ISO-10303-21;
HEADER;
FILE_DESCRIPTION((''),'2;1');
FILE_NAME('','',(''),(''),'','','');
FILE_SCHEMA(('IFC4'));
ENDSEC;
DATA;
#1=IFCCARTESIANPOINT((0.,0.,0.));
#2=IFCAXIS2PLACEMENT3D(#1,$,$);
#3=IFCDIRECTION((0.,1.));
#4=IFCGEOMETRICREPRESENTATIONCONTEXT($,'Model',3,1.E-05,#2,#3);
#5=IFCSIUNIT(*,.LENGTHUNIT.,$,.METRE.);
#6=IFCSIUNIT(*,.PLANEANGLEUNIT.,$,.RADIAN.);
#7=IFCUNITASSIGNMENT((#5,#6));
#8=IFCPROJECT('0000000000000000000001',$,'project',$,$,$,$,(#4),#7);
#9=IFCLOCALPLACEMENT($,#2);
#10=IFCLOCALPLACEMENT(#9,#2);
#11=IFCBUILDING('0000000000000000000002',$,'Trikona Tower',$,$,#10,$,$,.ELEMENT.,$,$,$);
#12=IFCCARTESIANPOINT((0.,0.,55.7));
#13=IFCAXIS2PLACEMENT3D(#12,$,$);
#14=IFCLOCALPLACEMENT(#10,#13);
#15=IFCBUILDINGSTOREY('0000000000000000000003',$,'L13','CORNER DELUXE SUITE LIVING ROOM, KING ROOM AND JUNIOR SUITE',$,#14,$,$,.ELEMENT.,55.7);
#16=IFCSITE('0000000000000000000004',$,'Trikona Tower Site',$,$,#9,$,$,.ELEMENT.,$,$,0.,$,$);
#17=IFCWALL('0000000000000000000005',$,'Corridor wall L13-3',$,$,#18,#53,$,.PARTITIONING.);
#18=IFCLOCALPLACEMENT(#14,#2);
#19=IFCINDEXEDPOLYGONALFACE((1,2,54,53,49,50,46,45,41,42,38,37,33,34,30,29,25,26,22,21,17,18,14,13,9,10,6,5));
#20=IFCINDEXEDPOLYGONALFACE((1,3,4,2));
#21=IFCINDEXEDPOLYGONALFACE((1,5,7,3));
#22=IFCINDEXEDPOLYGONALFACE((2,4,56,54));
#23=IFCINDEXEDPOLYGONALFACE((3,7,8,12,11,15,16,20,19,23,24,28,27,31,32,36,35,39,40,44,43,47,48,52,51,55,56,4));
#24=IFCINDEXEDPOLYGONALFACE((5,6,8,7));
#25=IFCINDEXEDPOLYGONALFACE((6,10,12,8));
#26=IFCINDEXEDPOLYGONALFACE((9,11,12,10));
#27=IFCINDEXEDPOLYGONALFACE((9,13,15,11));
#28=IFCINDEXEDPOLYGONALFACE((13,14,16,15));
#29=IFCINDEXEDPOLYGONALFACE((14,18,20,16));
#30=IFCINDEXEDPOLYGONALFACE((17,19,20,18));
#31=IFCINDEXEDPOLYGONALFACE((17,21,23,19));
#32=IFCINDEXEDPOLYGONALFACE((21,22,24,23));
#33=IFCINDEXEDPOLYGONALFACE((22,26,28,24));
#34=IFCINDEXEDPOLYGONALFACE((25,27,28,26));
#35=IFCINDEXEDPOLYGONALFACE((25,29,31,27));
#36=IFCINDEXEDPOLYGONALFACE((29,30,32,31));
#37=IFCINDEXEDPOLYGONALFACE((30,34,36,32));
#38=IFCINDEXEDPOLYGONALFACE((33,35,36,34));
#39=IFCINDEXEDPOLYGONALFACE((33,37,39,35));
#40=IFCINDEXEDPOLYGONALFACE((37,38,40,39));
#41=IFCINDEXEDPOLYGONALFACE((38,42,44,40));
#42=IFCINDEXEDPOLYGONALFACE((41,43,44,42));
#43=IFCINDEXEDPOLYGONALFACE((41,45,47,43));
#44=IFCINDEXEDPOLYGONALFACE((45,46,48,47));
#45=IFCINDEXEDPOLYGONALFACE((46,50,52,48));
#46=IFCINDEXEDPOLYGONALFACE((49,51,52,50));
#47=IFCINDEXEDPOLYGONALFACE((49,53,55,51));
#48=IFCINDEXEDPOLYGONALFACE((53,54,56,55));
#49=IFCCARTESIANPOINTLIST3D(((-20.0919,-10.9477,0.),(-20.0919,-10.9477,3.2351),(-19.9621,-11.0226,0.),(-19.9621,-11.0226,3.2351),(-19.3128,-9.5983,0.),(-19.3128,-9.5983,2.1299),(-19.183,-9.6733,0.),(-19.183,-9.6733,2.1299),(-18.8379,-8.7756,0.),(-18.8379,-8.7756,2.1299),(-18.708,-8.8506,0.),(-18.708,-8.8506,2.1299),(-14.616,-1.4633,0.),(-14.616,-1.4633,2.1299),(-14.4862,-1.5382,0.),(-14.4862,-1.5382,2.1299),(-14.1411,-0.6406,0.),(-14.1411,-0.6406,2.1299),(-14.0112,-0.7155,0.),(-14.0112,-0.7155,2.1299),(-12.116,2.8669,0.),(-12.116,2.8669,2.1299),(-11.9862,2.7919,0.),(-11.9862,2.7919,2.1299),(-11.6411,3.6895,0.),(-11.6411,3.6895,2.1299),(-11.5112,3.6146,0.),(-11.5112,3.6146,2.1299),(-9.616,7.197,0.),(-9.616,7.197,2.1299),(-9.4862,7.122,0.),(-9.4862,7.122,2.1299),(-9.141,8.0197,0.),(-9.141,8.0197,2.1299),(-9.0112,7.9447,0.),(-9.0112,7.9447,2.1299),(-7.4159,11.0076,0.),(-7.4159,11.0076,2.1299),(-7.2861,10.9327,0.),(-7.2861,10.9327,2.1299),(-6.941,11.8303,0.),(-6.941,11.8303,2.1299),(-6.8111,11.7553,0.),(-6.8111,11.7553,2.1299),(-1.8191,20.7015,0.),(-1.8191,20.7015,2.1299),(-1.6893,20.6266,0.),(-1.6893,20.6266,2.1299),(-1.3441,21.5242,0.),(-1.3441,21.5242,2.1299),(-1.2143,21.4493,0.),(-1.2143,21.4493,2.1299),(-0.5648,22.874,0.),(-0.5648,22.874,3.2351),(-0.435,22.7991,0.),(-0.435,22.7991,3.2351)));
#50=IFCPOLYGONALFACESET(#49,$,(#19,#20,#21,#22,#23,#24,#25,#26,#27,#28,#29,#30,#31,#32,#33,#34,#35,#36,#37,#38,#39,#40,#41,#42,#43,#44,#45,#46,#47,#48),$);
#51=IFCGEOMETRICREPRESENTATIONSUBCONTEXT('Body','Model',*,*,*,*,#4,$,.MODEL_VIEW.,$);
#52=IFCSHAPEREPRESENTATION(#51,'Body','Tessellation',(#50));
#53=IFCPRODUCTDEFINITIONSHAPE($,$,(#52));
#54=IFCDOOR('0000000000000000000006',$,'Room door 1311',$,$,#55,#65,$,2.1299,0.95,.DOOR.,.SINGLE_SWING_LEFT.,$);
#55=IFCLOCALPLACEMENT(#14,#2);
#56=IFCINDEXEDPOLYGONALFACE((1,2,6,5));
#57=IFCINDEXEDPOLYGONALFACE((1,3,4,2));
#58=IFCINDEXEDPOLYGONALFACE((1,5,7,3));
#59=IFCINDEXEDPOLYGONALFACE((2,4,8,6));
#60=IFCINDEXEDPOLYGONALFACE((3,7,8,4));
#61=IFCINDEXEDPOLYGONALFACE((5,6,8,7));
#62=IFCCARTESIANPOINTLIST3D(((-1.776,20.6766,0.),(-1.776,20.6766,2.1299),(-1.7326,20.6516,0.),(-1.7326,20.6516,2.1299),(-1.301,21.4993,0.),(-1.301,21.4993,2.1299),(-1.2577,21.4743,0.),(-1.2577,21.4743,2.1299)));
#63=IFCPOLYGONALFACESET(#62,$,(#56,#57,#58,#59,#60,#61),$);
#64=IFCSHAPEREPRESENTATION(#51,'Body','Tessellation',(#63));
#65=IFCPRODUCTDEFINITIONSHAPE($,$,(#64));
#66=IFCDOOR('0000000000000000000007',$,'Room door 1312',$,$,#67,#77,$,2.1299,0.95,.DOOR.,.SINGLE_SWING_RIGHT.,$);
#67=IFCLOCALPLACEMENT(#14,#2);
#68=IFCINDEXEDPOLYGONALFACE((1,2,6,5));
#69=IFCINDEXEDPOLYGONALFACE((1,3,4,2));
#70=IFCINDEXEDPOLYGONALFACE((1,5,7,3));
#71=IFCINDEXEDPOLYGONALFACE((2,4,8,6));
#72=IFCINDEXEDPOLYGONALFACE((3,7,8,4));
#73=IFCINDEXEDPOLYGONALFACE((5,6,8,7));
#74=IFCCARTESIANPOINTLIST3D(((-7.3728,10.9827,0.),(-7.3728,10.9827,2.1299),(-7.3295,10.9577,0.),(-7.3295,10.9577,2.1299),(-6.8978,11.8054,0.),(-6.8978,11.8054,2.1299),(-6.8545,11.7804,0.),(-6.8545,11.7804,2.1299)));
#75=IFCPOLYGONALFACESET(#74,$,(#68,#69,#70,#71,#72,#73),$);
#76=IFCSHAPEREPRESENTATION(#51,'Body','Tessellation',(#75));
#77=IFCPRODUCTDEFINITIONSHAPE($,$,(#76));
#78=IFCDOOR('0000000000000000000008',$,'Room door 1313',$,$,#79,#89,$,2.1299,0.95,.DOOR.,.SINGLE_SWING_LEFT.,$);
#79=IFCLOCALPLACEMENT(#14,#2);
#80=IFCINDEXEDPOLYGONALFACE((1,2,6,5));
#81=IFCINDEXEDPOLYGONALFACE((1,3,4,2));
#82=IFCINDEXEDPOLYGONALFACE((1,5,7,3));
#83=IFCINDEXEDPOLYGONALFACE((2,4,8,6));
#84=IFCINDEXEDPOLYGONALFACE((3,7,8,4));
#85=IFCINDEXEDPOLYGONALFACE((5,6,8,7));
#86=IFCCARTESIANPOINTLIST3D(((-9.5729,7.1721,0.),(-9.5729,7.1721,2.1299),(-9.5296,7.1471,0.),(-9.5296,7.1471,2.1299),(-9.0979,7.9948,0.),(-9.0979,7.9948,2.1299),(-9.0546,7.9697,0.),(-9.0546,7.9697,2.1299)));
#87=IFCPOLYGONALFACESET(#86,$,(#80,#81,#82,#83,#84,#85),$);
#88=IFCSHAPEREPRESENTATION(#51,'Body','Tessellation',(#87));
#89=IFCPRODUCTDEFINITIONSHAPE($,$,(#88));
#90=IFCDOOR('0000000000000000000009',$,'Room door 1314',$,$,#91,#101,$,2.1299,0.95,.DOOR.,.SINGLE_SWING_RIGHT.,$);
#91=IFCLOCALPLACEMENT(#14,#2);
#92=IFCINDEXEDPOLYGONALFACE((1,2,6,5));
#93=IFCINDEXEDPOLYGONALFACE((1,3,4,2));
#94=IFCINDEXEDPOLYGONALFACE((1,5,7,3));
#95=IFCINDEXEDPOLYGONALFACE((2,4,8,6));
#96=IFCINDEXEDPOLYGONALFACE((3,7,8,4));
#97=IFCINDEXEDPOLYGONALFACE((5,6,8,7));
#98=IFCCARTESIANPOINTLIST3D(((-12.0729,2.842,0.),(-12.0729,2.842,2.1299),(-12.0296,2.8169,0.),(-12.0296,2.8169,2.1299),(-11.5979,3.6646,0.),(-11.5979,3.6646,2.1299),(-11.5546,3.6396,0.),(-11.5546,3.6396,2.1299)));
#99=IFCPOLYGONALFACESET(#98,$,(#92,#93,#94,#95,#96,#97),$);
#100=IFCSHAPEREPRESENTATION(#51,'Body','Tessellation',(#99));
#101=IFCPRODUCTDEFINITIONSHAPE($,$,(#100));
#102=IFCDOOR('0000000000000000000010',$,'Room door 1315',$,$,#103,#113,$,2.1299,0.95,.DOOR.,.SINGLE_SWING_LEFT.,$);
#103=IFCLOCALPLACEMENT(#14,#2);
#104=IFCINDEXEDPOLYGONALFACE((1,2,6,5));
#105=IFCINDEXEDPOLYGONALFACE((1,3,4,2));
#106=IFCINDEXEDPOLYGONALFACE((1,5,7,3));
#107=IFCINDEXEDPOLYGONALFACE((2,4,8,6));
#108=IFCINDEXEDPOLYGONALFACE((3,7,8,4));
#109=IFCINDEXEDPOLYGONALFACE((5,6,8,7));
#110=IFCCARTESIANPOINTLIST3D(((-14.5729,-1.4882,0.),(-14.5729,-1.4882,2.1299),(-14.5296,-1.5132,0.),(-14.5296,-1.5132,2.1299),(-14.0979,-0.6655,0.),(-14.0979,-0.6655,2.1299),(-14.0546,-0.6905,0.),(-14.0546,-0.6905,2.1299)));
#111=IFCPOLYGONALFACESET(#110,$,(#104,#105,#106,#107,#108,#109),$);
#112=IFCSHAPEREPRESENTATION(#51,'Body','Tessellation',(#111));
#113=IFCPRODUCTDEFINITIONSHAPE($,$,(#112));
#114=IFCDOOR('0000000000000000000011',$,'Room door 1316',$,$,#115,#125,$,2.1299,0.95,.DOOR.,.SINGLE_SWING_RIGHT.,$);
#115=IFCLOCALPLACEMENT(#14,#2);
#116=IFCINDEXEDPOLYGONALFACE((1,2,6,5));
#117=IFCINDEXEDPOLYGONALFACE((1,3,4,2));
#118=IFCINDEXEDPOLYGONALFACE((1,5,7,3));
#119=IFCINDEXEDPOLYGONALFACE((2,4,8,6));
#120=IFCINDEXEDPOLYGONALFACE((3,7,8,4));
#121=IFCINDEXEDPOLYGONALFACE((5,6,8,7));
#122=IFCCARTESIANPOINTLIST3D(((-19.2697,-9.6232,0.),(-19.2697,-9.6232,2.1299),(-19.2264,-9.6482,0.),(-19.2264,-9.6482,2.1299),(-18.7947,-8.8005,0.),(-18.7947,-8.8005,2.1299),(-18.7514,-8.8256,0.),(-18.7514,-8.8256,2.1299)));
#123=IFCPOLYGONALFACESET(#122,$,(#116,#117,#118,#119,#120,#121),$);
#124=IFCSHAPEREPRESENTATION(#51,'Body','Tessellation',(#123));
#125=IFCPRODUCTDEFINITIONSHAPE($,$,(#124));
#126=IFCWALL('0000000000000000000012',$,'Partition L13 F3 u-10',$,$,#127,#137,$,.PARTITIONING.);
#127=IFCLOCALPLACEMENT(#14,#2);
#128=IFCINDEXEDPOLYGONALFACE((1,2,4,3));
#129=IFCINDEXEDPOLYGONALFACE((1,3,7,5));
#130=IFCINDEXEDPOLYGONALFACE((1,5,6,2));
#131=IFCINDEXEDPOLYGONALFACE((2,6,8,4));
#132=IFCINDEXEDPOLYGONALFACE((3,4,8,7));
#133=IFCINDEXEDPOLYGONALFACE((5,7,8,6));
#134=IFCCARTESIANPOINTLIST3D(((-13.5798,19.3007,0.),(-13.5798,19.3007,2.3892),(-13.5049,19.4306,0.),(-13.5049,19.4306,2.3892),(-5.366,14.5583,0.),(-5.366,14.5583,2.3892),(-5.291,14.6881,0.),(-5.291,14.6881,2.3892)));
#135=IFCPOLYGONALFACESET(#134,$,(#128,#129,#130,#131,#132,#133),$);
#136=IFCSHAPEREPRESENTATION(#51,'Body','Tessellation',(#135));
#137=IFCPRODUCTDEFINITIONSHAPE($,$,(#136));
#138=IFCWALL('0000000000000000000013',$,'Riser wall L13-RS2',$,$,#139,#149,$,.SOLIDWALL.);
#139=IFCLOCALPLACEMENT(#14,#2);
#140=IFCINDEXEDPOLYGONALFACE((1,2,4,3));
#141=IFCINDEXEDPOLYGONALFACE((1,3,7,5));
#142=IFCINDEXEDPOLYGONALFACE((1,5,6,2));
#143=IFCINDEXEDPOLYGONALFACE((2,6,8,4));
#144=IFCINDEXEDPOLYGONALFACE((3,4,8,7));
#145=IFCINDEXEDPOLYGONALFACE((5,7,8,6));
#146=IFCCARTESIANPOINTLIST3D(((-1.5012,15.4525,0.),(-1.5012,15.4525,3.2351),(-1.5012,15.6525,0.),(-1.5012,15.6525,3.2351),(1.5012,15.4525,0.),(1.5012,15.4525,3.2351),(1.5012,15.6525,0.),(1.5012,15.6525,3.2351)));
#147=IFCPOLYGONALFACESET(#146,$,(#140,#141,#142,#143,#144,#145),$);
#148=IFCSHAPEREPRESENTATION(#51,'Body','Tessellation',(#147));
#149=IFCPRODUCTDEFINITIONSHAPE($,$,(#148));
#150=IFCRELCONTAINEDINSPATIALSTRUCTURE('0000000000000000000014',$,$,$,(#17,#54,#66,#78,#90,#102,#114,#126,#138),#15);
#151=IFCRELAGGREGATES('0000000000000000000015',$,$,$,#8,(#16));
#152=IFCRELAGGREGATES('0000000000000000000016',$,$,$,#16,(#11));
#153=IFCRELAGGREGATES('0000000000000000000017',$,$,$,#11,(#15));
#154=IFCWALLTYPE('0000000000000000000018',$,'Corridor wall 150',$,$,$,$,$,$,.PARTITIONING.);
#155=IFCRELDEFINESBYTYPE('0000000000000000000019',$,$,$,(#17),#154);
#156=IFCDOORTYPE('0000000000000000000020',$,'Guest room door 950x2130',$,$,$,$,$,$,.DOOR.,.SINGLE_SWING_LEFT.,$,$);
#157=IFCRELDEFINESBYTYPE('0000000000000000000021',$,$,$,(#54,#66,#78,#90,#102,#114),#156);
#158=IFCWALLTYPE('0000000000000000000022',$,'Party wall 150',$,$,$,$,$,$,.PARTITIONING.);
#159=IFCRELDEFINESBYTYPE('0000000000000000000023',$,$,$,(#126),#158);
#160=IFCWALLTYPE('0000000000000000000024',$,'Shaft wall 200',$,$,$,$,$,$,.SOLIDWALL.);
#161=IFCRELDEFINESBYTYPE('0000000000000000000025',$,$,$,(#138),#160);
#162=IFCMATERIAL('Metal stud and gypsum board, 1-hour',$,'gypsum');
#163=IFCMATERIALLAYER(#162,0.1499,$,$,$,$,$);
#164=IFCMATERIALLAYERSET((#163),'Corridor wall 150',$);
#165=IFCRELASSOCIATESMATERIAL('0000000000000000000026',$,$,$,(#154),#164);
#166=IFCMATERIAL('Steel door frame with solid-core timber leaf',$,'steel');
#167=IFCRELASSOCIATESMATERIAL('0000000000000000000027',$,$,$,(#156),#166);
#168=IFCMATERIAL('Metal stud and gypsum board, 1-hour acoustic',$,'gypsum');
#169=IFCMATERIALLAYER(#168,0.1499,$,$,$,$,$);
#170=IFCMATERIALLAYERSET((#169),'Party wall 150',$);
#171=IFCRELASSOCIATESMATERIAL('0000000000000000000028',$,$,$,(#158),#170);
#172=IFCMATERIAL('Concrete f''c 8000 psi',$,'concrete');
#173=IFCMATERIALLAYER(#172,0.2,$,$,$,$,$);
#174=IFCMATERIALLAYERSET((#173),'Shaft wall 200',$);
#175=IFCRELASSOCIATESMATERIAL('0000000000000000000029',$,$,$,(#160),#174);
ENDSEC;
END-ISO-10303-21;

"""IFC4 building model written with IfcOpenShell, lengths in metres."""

from ifc_helpers import new_model, si_unit, direction, frame, frame_2d, origin, place, context, subcontext, project, spatial, rectangle, extrude, material, layer, layer_set, type_object, element, fill, save


model = new_model("IFC4")

# Units and contexts
model_context = context("Model", 3, precision=1e-05, world=origin(), true_north=direction((0.0, 1.0)))
body_context = subcontext(model_context, "Body", "Model", "MODEL_VIEW")
ifc_project = project(units=[si_unit("LENGTHUNIT", "METRE"), si_unit("PLANEANGLEUNIT", "RADIAN")], contexts=[model_context])

# Site, building, storey
site_placement = place(None, origin())
site = spatial("IfcSite", under=ifc_project, at=site_placement, Name="Trikona Tower Site", CompositionType="ELEMENT", RefElevation=0.0)
building_placement = place(site_placement, origin())
building = spatial("IfcBuilding", under=site, at=building_placement, Name="Trikona Tower", CompositionType="ELEMENT")
storey_placement = place(building_placement, frame((0.0, 0.0, 55.7)))
storey = spatial("IfcBuildingStorey", under=building, at=storey_placement, Name="L13", Description="CORNER DELUXE SUITE LIVING ROOM, KING ROOM AND JUNIOR SUITE", CompositionType="ELEMENT", Elevation=55.7)

# Wall, openings, doors
ifc_material_1 = material(Name="Metal stud and gypsum board, 1-hour", Category="gypsum")
ifc_layer_1 = layer(ifc_material_1, 0.1499)
ifc_layer_set_1 = layer_set([ifc_layer_1], Name="Corridor wall 150")
wall_type_1 = type_object("IfcWallType", Name="Corridor wall 150", PredefinedType="PARTITIONING", material=ifc_layer_set_1)
wall_1_placement = place(storey_placement, frame((-0.5, 22.8364, 0.0), z_axis=(0.0, 0.0, 1.0), x_axis=(-0.500002, -0.866024, 0.0)))
wall_1 = element("IfcWall", 1, at=wall_1_placement, inside=storey, type_object=wall_type_1, Name="Corridor wall L13-3", PredefinedType="PARTITIONING", context=body_context, shape_type="SweptSolid", body=[
    extrude(rectangle(XDim=39.054, YDim=0.1499, at=frame_2d((19.5269, 0.0))), origin(), (0.0, 0.0, 1.0), 3.2351),
])
opening_1_placement = place(wall_1_placement, frame((1.5583, 0.0, 0.0)))
opening_1 = element("IfcOpeningElement", 2, at=opening_1_placement, cuts=wall_1, PredefinedType="OPENING", context=body_context, shape_type="SweptSolid", body=[
    extrude(rectangle(XDim=0.95, YDim=2.1299, at=frame_2d((0.4751, 1.0649))), frame((0.0, 0.085, 0.0), z_axis=(0.0, -1.0, 0.0), x_axis=(1.0, 0.0, 0.0)), (0.0, 0.0, 1.0), 0.1699),
])
opening_2_placement = place(wall_1_placement, frame((12.752, 0.0, 0.0)))
opening_2 = element("IfcOpeningElement", 3, at=opening_2_placement, cuts=wall_1, PredefinedType="OPENING", context=body_context, shape_type="SweptSolid", body=[
    extrude(rectangle(XDim=0.95, YDim=2.1299, at=frame_2d((0.4751, 1.0649))), frame((0.0, 0.085, 0.0), z_axis=(0.0, -1.0, 0.0), x_axis=(1.0, 0.0, 0.0)), (0.0, 0.0, 1.0), 0.1699),
])
opening_3_placement = place(wall_1_placement, frame((17.1521, 0.0, 0.0)))
opening_3 = element("IfcOpeningElement", 4, at=opening_3_placement, cuts=wall_1, PredefinedType="OPENING", context=body_context, shape_type="SweptSolid", body=[
    extrude(rectangle(XDim=0.95, YDim=2.1299, at=frame_2d((0.4751, 1.0649))), frame((0.0, 0.085, 0.0), z_axis=(0.0, -1.0, 0.0), x_axis=(1.0, 0.0, 0.0)), (0.0, 0.0, 1.0), 0.1699),
])
opening_4_placement = place(wall_1_placement, frame((22.1521, 0.0, 0.0)))
opening_4 = element("IfcOpeningElement", 5, at=opening_4_placement, cuts=wall_1, PredefinedType="OPENING", context=body_context, shape_type="SweptSolid", body=[
    extrude(rectangle(XDim=0.95, YDim=2.1299, at=frame_2d((0.4751, 1.0649))), frame((0.0, 0.085, 0.0), z_axis=(0.0, -1.0, 0.0), x_axis=(1.0, 0.0, 0.0)), (0.0, 0.0, 1.0), 0.1699),
])
opening_5_placement = place(wall_1_placement, frame((27.1521, 0.0, 0.0)))
opening_5 = element("IfcOpeningElement", 6, at=opening_5_placement, cuts=wall_1, PredefinedType="OPENING", context=body_context, shape_type="SweptSolid", body=[
    extrude(rectangle(XDim=0.95, YDim=2.1299, at=frame_2d((0.4751, 1.0649))), frame((0.0, 0.085, 0.0), z_axis=(0.0, -1.0, 0.0), x_axis=(1.0, 0.0, 0.0)), (0.0, 0.0, 1.0), 0.1699),
])
opening_6_placement = place(wall_1_placement, frame((36.5457, 0.0, 0.0)))
opening_6 = element("IfcOpeningElement", 7, at=opening_6_placement, cuts=wall_1, PredefinedType="OPENING", context=body_context, shape_type="SweptSolid", body=[
    extrude(rectangle(XDim=0.95, YDim=2.1299, at=frame_2d((0.4751, 1.0649))), frame((0.0, 0.085, 0.0), z_axis=(0.0, -1.0, 0.0), x_axis=(1.0, 0.0, 0.0)), (0.0, 0.0, 1.0), 0.1699),
])
ifc_material_2 = material(Name="Steel door frame with solid-core timber leaf", Category="steel")
door_type_1 = type_object("IfcDoorType", Name="Guest room door 950x2130", OperationType="SINGLE_SWING_LEFT", PredefinedType="DOOR", material=ifc_material_2)
door_1_placement = place(opening_1_placement, origin())
door_1 = element("IfcDoor", 8, at=door_1_placement, inside=storey, type_object=door_type_1, Name="Room door 1311", OperationType="SINGLE_SWING_LEFT", OverallHeight=2.1299, OverallWidth=0.95, PredefinedType="DOOR", context=body_context, shape_type="SweptSolid", body=[
    extrude(rectangle(XDim=0.95, YDim=2.1299, at=frame_2d((0.4751, 1.0649))), frame((0.0, 0.0249, 0.0), z_axis=(0.0, -1.0, 0.0), x_axis=(1.0, 0.0, 0.0)), (0.0, 0.0, 1.0), 0.05),
])
fill(opening_1, door_1)
door_2_placement = place(opening_2_placement, origin())
door_2 = element("IfcDoor", 9, at=door_2_placement, inside=storey, type_object=door_type_1, Name="Room door 1312", OperationType="SINGLE_SWING_RIGHT", OverallHeight=2.1299, OverallWidth=0.95, PredefinedType="DOOR", context=body_context, shape_type="SweptSolid", body=[
    extrude(rectangle(XDim=0.95, YDim=2.1299, at=frame_2d((0.4751, 1.0649))), frame((0.0, 0.0249, 0.0), z_axis=(0.0, -1.0, 0.0), x_axis=(1.0, 0.0, 0.0)), (0.0, 0.0, 1.0), 0.05),
])
fill(opening_2, door_2)
door_3_placement = place(opening_3_placement, origin())
door_3 = element("IfcDoor", 10, at=door_3_placement, inside=storey, type_object=door_type_1, Name="Room door 1313", OperationType="SINGLE_SWING_LEFT", OverallHeight=2.1299, OverallWidth=0.95, PredefinedType="DOOR", context=body_context, shape_type="SweptSolid", body=[
    extrude(rectangle(XDim=0.95, YDim=2.1299, at=frame_2d((0.4751, 1.0649))), frame((0.0, 0.0249, 0.0), z_axis=(0.0, -1.0, 0.0), x_axis=(1.0, 0.0, 0.0)), (0.0, 0.0, 1.0), 0.05),
])
fill(opening_3, door_3)
door_4_placement = place(opening_4_placement, origin())
door_4 = element("IfcDoor", 11, at=door_4_placement, inside=storey, type_object=door_type_1, Name="Room door 1314", OperationType="SINGLE_SWING_RIGHT", OverallHeight=2.1299, OverallWidth=0.95, PredefinedType="DOOR", context=body_context, shape_type="SweptSolid", body=[
    extrude(rectangle(XDim=0.95, YDim=2.1299, at=frame_2d((0.4751, 1.0649))), frame((0.0, 0.0249, 0.0), z_axis=(0.0, -1.0, 0.0), x_axis=(1.0, 0.0, 0.0)), (0.0, 0.0, 1.0), 0.05),
])
fill(opening_4, door_4)
door_5_placement = place(opening_5_placement, origin())
door_5 = element("IfcDoor", 12, at=door_5_placement, inside=storey, type_object=door_type_1, Name="Room door 1315", OperationType="SINGLE_SWING_LEFT", OverallHeight=2.1299, OverallWidth=0.95, PredefinedType="DOOR", context=body_context, shape_type="SweptSolid", body=[
    extrude(rectangle(XDim=0.95, YDim=2.1299, at=frame_2d((0.4751, 1.0649))), frame((0.0, 0.0249, 0.0), z_axis=(0.0, -1.0, 0.0), x_axis=(1.0, 0.0, 0.0)), (0.0, 0.0, 1.0), 0.05),
])
fill(opening_5, door_5)
door_6_placement = place(opening_6_placement, origin())
door_6 = element("IfcDoor", 13, at=door_6_placement, inside=storey, type_object=door_type_1, Name="Room door 1316", OperationType="SINGLE_SWING_RIGHT", OverallHeight=2.1299, OverallWidth=0.95, PredefinedType="DOOR", context=body_context, shape_type="SweptSolid", body=[
    extrude(rectangle(XDim=0.95, YDim=2.1299, at=frame_2d((0.4751, 1.0649))), frame((0.0, 0.0249, 0.0), z_axis=(0.0, -1.0, 0.0), x_axis=(1.0, 0.0, 0.0)), (0.0, 0.0, 1.0), 0.05),
])
fill(opening_6, door_6)

# Walls
ifc_material_3 = material(Name="Metal stud and gypsum board, 1-hour acoustic", Category="gypsum")
ifc_layer_2 = layer(ifc_material_3, 0.1499)
ifc_layer_set_2 = layer_set([ifc_layer_2], Name="Party wall 150")
wall_type_2 = type_object("IfcWallType", Name="Party wall 150", PredefinedType="PARTITIONING", material=ifc_layer_set_2)
wall_2_placement = place(storey_placement, frame((-5.3286, 14.6233, 0.0), z_axis=(0.0, 0.0, 1.0), x_axis=(-0.866018, 0.500012, 0.0)))
element("IfcWall", 14, at=wall_2_placement, inside=storey, type_object=wall_type_2, Name="Partition L13 F3 u-10", PredefinedType="PARTITIONING", context=body_context, shape_type="SweptSolid", body=[
    extrude(rectangle(XDim=9.4846, YDim=0.1499, at=frame_2d((4.7422, 0.0))), origin(), (0.0, 0.0, 1.0), 2.3892),
])
ifc_material_4 = material(Name="Concrete f'c 8000 psi", Category="concrete")
ifc_layer_3 = layer(ifc_material_4, 0.2)
ifc_layer_set_3 = layer_set([ifc_layer_3], Name="Shaft wall 200")
wall_type_3 = type_object("IfcWallType", Name="Shaft wall 200", PredefinedType="SOLIDWALL", material=ifc_layer_set_3)
wall_3_placement = place(storey_placement, frame((-1.5012, 15.5525, 0.0), z_axis=(0.0, 0.0, 1.0), x_axis=(1.0, 0.0, 0.0)))
element("IfcWall", 15, at=wall_3_placement, inside=storey, type_object=wall_type_3, Name="Riser wall L13-RS2", PredefinedType="SOLIDWALL", context=body_context, shape_type="SweptSolid", body=[
    extrude(rectangle(XDim=3.0024, YDim=0.2, at=frame_2d((1.5012, 0.0))), origin(), (0.0, 0.0, 1.0), 3.2351),
])

save(model, "model.ifc")
